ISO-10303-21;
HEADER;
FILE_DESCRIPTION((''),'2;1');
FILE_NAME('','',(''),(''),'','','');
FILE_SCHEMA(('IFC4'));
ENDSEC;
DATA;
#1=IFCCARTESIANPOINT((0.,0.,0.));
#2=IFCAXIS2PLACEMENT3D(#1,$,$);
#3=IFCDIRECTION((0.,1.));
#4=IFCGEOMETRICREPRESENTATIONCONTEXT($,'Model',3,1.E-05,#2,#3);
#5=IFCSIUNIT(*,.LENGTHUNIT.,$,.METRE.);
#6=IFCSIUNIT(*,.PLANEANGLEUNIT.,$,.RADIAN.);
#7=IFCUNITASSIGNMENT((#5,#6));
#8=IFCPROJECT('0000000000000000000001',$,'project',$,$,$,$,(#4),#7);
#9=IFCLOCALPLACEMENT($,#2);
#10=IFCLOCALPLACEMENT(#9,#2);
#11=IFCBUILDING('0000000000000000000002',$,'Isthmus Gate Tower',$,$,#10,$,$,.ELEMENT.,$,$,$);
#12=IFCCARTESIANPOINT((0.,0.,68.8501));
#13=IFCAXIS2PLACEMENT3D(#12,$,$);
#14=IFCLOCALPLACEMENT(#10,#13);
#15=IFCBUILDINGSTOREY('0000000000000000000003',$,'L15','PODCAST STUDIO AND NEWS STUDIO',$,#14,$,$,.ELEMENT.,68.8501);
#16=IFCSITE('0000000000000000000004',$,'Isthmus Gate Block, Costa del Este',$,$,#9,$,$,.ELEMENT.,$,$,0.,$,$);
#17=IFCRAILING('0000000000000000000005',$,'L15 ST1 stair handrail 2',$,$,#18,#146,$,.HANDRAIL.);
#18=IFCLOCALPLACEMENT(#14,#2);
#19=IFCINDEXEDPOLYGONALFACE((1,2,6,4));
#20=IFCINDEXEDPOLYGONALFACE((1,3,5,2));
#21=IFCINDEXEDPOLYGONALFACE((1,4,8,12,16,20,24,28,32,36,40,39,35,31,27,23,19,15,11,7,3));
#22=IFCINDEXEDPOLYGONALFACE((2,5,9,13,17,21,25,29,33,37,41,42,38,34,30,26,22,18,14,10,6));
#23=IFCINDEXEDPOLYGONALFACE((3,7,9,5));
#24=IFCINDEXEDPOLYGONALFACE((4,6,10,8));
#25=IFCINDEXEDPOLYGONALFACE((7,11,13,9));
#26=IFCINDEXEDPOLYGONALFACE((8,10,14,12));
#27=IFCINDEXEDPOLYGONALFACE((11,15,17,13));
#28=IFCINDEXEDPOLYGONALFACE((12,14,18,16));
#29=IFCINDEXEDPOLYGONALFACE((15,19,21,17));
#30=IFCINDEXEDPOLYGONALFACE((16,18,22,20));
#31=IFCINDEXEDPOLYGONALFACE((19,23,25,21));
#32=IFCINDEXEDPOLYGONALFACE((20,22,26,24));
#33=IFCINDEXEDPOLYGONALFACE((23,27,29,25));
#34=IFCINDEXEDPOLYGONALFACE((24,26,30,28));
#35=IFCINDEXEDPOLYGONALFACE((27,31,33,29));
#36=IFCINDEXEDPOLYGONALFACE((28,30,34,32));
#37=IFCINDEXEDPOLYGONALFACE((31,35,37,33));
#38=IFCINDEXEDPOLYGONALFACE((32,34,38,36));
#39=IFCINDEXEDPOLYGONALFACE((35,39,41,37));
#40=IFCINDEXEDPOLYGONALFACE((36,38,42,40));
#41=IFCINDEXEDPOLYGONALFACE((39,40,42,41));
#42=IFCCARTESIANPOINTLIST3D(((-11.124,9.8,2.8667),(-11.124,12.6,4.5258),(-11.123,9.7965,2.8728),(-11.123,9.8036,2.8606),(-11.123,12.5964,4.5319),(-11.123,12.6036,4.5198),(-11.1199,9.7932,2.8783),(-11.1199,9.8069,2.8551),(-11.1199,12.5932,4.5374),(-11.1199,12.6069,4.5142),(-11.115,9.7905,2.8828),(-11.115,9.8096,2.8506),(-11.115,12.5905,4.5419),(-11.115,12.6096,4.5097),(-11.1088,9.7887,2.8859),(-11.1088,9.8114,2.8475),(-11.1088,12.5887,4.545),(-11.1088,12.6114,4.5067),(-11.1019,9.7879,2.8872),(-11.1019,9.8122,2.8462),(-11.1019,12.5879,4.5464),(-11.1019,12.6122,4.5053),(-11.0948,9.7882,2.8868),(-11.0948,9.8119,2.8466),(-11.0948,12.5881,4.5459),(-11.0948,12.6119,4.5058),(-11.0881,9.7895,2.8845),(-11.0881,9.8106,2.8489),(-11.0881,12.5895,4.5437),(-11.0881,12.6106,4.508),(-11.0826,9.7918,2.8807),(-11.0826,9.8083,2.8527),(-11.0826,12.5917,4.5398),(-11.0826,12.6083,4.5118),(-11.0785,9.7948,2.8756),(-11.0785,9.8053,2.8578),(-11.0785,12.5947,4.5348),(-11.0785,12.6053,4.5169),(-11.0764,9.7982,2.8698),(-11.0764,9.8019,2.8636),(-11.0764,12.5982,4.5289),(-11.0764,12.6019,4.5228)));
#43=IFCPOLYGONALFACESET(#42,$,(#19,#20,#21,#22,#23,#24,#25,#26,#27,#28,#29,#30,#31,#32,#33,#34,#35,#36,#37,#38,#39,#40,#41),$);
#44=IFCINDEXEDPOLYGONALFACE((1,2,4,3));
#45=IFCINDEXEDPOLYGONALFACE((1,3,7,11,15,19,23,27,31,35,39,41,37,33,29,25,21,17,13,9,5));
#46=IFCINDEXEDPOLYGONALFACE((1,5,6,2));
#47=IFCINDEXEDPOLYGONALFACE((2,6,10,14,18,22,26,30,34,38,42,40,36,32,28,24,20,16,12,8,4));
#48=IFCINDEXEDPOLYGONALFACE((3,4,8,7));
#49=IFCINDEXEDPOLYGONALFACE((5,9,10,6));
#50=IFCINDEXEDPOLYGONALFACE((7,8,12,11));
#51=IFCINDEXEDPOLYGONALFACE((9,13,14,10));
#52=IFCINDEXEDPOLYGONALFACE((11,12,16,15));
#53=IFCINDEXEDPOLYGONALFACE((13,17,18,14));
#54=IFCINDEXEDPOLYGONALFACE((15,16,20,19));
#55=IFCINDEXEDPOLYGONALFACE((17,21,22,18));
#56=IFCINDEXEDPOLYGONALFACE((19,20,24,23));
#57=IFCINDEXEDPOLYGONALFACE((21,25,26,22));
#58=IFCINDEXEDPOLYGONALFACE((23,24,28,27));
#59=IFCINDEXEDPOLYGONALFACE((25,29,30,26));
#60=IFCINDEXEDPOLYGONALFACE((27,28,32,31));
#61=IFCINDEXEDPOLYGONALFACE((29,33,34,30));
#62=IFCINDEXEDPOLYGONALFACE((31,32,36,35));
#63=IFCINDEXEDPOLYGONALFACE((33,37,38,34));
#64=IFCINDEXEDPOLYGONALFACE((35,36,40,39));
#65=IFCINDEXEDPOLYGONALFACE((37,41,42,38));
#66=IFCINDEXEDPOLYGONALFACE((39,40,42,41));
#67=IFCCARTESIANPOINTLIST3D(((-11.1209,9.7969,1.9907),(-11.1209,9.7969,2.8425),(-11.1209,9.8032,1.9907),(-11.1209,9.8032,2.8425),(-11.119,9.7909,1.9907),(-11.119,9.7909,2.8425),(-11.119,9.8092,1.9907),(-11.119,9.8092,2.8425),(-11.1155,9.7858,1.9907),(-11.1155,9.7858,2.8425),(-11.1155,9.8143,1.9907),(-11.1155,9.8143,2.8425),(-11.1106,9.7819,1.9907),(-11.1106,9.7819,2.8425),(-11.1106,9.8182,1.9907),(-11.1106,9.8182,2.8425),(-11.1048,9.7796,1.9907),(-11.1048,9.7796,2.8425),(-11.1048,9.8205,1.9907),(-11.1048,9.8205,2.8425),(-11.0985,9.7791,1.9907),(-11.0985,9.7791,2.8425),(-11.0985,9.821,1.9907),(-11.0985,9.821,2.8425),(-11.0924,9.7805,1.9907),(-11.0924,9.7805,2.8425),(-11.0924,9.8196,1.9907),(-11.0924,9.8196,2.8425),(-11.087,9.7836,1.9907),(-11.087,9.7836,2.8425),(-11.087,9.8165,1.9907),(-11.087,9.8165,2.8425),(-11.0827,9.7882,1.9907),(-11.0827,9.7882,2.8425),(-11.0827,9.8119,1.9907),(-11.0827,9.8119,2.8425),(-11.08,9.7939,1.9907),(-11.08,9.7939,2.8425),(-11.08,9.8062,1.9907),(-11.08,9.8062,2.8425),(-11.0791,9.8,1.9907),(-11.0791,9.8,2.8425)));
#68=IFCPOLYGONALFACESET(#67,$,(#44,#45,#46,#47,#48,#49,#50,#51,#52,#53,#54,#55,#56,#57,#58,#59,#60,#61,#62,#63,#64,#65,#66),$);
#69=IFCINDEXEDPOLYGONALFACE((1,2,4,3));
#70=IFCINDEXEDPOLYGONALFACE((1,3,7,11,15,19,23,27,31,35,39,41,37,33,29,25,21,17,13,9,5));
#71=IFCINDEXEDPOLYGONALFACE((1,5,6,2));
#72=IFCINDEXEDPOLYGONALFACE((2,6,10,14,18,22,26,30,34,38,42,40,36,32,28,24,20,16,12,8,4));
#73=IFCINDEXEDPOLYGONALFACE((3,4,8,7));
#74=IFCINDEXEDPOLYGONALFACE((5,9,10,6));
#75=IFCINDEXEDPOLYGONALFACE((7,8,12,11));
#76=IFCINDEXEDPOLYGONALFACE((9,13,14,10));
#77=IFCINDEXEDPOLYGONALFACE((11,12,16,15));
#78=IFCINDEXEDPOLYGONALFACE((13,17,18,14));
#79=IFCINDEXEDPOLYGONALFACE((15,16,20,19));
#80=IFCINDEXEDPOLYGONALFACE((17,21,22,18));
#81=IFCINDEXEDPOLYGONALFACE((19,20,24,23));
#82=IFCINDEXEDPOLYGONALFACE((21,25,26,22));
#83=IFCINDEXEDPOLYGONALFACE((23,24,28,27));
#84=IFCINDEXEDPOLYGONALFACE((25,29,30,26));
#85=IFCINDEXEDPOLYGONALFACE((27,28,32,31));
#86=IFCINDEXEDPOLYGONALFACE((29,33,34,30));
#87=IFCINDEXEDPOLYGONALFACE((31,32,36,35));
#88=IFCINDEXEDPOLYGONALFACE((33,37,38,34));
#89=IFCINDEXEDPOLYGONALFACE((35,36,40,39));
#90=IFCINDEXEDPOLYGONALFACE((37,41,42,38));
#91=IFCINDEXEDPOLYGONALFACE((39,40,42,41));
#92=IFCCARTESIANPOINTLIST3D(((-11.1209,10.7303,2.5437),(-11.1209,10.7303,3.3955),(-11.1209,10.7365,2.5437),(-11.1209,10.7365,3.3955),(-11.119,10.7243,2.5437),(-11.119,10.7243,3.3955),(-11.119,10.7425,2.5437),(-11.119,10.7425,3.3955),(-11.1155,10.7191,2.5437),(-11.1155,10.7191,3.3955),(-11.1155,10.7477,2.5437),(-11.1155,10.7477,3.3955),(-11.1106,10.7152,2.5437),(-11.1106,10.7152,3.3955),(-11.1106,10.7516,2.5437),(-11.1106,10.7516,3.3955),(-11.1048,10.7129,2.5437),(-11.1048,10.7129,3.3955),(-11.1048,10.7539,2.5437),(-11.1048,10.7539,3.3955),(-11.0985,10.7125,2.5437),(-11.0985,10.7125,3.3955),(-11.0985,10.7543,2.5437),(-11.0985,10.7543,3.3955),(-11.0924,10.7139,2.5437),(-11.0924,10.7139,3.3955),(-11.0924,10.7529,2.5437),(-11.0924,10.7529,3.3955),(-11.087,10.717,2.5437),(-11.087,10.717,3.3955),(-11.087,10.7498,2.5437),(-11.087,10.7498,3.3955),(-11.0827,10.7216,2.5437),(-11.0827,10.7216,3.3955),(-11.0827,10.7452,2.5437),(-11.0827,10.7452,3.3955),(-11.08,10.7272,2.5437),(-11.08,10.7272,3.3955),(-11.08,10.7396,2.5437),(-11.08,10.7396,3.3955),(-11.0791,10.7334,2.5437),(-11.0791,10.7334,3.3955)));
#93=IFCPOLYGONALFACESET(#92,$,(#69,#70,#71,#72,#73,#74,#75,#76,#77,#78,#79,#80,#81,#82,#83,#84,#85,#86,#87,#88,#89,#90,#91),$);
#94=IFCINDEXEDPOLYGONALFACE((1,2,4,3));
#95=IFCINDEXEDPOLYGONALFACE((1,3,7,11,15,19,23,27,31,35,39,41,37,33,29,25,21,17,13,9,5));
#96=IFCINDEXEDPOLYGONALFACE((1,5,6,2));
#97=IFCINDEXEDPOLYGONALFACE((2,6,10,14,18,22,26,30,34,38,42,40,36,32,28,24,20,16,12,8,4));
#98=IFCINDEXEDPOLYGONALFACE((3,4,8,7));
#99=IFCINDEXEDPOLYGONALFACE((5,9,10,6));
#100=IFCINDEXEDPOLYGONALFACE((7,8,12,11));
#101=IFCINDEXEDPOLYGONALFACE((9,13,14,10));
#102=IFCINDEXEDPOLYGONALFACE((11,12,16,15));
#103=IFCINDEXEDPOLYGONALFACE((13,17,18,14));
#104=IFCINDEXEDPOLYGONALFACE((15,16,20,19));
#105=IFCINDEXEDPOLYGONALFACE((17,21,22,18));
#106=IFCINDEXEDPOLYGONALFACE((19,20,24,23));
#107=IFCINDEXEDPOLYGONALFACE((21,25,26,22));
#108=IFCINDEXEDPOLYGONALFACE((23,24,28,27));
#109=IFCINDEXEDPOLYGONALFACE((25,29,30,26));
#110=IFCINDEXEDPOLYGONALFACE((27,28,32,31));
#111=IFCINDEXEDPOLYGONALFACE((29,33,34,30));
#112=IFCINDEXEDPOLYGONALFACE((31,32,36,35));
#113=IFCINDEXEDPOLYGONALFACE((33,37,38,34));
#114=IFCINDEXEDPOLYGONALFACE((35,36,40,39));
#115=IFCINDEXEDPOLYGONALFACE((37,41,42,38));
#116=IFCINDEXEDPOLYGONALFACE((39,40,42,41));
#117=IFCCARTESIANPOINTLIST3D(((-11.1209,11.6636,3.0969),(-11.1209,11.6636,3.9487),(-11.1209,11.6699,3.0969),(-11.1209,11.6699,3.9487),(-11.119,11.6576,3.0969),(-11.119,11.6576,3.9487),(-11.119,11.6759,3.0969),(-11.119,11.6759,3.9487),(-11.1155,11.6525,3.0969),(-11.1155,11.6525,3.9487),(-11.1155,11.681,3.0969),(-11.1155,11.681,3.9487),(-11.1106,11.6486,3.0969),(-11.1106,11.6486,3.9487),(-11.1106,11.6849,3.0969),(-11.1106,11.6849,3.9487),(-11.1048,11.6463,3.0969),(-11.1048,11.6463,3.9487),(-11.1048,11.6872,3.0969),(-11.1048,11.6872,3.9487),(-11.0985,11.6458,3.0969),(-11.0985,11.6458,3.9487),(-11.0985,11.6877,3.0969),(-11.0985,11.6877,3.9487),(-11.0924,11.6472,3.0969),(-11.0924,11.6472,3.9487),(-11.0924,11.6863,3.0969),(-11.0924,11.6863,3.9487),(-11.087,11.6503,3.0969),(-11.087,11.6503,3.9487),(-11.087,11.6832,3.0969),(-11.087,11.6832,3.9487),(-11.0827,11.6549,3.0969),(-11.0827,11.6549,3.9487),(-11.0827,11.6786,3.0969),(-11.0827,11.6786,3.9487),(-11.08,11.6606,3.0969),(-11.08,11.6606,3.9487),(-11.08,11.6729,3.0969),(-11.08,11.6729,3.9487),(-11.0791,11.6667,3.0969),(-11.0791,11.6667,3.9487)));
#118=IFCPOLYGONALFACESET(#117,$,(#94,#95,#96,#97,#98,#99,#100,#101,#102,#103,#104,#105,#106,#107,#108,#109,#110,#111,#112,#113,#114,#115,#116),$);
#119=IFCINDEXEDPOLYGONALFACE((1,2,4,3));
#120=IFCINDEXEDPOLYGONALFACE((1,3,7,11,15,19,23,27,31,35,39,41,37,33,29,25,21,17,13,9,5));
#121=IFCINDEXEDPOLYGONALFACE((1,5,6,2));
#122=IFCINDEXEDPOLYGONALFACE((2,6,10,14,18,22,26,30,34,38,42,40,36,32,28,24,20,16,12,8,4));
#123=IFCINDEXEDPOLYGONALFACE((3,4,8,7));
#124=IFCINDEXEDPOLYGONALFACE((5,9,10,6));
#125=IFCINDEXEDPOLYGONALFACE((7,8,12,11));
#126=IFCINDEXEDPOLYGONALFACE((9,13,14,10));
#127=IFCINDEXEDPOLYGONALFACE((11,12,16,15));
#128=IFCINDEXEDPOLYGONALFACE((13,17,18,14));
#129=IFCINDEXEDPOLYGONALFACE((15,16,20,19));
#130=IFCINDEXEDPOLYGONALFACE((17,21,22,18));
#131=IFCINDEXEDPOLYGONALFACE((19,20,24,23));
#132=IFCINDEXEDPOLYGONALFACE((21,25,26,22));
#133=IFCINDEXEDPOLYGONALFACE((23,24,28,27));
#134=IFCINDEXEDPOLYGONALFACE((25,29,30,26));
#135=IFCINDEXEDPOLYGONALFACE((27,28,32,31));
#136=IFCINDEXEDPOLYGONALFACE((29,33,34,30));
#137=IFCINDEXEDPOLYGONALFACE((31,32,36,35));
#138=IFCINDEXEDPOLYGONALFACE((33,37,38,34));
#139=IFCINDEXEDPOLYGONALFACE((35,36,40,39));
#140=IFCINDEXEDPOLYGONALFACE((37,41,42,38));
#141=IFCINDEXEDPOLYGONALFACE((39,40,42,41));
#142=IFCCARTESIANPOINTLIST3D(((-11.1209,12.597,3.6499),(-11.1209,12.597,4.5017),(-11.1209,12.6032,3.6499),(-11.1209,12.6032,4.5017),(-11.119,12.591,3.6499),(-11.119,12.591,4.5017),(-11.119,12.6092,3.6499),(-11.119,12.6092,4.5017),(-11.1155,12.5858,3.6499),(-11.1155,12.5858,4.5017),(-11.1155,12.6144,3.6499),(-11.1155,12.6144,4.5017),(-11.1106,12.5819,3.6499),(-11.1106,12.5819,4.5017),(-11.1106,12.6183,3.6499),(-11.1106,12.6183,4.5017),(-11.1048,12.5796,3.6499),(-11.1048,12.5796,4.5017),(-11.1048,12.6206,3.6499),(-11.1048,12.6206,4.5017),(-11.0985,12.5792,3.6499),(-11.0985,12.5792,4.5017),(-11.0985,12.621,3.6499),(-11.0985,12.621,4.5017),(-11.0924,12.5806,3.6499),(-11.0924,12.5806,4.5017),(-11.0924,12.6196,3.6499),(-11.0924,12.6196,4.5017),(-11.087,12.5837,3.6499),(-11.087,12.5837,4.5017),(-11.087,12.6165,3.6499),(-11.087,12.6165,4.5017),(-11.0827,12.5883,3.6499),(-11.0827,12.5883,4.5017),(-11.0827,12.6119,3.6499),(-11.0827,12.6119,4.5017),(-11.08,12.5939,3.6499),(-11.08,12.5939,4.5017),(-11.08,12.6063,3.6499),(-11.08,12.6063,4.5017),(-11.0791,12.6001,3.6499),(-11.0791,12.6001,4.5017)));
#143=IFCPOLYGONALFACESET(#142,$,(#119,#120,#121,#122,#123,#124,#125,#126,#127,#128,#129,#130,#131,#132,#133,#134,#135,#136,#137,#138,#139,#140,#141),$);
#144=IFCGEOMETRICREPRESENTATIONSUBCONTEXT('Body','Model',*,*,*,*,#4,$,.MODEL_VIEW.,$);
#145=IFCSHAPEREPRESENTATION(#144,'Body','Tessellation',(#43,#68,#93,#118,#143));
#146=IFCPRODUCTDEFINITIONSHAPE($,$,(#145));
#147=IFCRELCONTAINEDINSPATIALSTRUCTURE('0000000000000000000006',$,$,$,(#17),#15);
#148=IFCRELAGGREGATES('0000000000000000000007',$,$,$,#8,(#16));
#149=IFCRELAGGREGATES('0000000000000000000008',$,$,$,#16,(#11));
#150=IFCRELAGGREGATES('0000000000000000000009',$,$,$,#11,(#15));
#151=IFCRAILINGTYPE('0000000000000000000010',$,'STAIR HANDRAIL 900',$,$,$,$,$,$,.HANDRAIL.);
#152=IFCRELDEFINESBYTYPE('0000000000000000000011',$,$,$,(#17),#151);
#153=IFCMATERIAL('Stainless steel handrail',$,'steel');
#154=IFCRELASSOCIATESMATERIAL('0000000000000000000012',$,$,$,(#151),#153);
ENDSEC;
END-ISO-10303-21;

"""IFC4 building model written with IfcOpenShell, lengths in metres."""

from ifc_helpers import new_model, si_unit, direction, frame, origin, origin_2d, place, context, subcontext, project, spatial, circle, extrude, material, type_object, element, save


model = new_model("IFC4")

# Units and contexts
model_context = context("Model", 3, precision=1e-05, world=origin(), true_north=direction((0.0, 1.0)))
body_context = subcontext(model_context, "Body", "Model", "MODEL_VIEW")
ifc_project = project(units=[si_unit("LENGTHUNIT", "METRE"), si_unit("PLANEANGLEUNIT", "RADIAN")], contexts=[model_context])

# Site, building, storey
site_placement = place(None, origin())
site = spatial("IfcSite", under=ifc_project, at=site_placement, Name="Isthmus Gate Block, Costa del Este", CompositionType="ELEMENT", RefElevation=0.0)
building_placement = place(site_placement, origin())
building = spatial("IfcBuilding", under=site, at=building_placement, Name="Isthmus Gate Tower", CompositionType="ELEMENT")
storey_placement = place(building_placement, frame((0.0, 0.0, 68.8501)))
storey = spatial("IfcBuildingStorey", under=building, at=storey_placement, Name="L15", Description="PODCAST STUDIO AND NEWS STUDIO", CompositionType="ELEMENT", Elevation=68.8501)

# Railing
ifc_material_1 = material(Name="Stainless steel handrail", Category="steel")
railing_type_1 = type_object("IfcRailingType", Name="STAIR HANDRAIL 900", PredefinedType="HANDRAIL", material=ifc_material_1)
railing_1_placement = place(storey_placement, frame((-11.1001, 9.8, 1.9907)))
element("IfcRailing", 1, at=railing_1_placement, inside=storey, type_object=railing_type_1, Name="L15 ST1 stair handrail 2", PredefinedType="HANDRAIL", context=body_context, shape_type="SweptSolid", body=[
    extrude(circle(Radius=0.0239, at=origin_2d()), frame((0.0, 0.0, 0.876), z_axis=(0.0, 0.860306, 0.509778), x_axis=(-1.0, 0.0, 0.0)), (0.0, 0.0, 1.0), 3.2546),
    extrude(circle(Radius=0.021, at=origin_2d()), origin(), (0.0, 0.0, 1.0), 0.8518),
    extrude(circle(Radius=0.021, at=origin_2d()), frame((0.0, 0.9333, 0.553)), (0.0, 0.0, 1.0), 0.8518),
    extrude(circle(Radius=0.021, at=origin_2d()), frame((0.0, 1.8667, 1.1062)), (0.0, 0.0, 1.0), 0.8518),
    extrude(circle(Radius=0.021, at=origin_2d()), frame((0.0, 2.8, 1.6592)), (0.0, 0.0, 1.0), 0.8518),
])

save(model, "model.ifc")
